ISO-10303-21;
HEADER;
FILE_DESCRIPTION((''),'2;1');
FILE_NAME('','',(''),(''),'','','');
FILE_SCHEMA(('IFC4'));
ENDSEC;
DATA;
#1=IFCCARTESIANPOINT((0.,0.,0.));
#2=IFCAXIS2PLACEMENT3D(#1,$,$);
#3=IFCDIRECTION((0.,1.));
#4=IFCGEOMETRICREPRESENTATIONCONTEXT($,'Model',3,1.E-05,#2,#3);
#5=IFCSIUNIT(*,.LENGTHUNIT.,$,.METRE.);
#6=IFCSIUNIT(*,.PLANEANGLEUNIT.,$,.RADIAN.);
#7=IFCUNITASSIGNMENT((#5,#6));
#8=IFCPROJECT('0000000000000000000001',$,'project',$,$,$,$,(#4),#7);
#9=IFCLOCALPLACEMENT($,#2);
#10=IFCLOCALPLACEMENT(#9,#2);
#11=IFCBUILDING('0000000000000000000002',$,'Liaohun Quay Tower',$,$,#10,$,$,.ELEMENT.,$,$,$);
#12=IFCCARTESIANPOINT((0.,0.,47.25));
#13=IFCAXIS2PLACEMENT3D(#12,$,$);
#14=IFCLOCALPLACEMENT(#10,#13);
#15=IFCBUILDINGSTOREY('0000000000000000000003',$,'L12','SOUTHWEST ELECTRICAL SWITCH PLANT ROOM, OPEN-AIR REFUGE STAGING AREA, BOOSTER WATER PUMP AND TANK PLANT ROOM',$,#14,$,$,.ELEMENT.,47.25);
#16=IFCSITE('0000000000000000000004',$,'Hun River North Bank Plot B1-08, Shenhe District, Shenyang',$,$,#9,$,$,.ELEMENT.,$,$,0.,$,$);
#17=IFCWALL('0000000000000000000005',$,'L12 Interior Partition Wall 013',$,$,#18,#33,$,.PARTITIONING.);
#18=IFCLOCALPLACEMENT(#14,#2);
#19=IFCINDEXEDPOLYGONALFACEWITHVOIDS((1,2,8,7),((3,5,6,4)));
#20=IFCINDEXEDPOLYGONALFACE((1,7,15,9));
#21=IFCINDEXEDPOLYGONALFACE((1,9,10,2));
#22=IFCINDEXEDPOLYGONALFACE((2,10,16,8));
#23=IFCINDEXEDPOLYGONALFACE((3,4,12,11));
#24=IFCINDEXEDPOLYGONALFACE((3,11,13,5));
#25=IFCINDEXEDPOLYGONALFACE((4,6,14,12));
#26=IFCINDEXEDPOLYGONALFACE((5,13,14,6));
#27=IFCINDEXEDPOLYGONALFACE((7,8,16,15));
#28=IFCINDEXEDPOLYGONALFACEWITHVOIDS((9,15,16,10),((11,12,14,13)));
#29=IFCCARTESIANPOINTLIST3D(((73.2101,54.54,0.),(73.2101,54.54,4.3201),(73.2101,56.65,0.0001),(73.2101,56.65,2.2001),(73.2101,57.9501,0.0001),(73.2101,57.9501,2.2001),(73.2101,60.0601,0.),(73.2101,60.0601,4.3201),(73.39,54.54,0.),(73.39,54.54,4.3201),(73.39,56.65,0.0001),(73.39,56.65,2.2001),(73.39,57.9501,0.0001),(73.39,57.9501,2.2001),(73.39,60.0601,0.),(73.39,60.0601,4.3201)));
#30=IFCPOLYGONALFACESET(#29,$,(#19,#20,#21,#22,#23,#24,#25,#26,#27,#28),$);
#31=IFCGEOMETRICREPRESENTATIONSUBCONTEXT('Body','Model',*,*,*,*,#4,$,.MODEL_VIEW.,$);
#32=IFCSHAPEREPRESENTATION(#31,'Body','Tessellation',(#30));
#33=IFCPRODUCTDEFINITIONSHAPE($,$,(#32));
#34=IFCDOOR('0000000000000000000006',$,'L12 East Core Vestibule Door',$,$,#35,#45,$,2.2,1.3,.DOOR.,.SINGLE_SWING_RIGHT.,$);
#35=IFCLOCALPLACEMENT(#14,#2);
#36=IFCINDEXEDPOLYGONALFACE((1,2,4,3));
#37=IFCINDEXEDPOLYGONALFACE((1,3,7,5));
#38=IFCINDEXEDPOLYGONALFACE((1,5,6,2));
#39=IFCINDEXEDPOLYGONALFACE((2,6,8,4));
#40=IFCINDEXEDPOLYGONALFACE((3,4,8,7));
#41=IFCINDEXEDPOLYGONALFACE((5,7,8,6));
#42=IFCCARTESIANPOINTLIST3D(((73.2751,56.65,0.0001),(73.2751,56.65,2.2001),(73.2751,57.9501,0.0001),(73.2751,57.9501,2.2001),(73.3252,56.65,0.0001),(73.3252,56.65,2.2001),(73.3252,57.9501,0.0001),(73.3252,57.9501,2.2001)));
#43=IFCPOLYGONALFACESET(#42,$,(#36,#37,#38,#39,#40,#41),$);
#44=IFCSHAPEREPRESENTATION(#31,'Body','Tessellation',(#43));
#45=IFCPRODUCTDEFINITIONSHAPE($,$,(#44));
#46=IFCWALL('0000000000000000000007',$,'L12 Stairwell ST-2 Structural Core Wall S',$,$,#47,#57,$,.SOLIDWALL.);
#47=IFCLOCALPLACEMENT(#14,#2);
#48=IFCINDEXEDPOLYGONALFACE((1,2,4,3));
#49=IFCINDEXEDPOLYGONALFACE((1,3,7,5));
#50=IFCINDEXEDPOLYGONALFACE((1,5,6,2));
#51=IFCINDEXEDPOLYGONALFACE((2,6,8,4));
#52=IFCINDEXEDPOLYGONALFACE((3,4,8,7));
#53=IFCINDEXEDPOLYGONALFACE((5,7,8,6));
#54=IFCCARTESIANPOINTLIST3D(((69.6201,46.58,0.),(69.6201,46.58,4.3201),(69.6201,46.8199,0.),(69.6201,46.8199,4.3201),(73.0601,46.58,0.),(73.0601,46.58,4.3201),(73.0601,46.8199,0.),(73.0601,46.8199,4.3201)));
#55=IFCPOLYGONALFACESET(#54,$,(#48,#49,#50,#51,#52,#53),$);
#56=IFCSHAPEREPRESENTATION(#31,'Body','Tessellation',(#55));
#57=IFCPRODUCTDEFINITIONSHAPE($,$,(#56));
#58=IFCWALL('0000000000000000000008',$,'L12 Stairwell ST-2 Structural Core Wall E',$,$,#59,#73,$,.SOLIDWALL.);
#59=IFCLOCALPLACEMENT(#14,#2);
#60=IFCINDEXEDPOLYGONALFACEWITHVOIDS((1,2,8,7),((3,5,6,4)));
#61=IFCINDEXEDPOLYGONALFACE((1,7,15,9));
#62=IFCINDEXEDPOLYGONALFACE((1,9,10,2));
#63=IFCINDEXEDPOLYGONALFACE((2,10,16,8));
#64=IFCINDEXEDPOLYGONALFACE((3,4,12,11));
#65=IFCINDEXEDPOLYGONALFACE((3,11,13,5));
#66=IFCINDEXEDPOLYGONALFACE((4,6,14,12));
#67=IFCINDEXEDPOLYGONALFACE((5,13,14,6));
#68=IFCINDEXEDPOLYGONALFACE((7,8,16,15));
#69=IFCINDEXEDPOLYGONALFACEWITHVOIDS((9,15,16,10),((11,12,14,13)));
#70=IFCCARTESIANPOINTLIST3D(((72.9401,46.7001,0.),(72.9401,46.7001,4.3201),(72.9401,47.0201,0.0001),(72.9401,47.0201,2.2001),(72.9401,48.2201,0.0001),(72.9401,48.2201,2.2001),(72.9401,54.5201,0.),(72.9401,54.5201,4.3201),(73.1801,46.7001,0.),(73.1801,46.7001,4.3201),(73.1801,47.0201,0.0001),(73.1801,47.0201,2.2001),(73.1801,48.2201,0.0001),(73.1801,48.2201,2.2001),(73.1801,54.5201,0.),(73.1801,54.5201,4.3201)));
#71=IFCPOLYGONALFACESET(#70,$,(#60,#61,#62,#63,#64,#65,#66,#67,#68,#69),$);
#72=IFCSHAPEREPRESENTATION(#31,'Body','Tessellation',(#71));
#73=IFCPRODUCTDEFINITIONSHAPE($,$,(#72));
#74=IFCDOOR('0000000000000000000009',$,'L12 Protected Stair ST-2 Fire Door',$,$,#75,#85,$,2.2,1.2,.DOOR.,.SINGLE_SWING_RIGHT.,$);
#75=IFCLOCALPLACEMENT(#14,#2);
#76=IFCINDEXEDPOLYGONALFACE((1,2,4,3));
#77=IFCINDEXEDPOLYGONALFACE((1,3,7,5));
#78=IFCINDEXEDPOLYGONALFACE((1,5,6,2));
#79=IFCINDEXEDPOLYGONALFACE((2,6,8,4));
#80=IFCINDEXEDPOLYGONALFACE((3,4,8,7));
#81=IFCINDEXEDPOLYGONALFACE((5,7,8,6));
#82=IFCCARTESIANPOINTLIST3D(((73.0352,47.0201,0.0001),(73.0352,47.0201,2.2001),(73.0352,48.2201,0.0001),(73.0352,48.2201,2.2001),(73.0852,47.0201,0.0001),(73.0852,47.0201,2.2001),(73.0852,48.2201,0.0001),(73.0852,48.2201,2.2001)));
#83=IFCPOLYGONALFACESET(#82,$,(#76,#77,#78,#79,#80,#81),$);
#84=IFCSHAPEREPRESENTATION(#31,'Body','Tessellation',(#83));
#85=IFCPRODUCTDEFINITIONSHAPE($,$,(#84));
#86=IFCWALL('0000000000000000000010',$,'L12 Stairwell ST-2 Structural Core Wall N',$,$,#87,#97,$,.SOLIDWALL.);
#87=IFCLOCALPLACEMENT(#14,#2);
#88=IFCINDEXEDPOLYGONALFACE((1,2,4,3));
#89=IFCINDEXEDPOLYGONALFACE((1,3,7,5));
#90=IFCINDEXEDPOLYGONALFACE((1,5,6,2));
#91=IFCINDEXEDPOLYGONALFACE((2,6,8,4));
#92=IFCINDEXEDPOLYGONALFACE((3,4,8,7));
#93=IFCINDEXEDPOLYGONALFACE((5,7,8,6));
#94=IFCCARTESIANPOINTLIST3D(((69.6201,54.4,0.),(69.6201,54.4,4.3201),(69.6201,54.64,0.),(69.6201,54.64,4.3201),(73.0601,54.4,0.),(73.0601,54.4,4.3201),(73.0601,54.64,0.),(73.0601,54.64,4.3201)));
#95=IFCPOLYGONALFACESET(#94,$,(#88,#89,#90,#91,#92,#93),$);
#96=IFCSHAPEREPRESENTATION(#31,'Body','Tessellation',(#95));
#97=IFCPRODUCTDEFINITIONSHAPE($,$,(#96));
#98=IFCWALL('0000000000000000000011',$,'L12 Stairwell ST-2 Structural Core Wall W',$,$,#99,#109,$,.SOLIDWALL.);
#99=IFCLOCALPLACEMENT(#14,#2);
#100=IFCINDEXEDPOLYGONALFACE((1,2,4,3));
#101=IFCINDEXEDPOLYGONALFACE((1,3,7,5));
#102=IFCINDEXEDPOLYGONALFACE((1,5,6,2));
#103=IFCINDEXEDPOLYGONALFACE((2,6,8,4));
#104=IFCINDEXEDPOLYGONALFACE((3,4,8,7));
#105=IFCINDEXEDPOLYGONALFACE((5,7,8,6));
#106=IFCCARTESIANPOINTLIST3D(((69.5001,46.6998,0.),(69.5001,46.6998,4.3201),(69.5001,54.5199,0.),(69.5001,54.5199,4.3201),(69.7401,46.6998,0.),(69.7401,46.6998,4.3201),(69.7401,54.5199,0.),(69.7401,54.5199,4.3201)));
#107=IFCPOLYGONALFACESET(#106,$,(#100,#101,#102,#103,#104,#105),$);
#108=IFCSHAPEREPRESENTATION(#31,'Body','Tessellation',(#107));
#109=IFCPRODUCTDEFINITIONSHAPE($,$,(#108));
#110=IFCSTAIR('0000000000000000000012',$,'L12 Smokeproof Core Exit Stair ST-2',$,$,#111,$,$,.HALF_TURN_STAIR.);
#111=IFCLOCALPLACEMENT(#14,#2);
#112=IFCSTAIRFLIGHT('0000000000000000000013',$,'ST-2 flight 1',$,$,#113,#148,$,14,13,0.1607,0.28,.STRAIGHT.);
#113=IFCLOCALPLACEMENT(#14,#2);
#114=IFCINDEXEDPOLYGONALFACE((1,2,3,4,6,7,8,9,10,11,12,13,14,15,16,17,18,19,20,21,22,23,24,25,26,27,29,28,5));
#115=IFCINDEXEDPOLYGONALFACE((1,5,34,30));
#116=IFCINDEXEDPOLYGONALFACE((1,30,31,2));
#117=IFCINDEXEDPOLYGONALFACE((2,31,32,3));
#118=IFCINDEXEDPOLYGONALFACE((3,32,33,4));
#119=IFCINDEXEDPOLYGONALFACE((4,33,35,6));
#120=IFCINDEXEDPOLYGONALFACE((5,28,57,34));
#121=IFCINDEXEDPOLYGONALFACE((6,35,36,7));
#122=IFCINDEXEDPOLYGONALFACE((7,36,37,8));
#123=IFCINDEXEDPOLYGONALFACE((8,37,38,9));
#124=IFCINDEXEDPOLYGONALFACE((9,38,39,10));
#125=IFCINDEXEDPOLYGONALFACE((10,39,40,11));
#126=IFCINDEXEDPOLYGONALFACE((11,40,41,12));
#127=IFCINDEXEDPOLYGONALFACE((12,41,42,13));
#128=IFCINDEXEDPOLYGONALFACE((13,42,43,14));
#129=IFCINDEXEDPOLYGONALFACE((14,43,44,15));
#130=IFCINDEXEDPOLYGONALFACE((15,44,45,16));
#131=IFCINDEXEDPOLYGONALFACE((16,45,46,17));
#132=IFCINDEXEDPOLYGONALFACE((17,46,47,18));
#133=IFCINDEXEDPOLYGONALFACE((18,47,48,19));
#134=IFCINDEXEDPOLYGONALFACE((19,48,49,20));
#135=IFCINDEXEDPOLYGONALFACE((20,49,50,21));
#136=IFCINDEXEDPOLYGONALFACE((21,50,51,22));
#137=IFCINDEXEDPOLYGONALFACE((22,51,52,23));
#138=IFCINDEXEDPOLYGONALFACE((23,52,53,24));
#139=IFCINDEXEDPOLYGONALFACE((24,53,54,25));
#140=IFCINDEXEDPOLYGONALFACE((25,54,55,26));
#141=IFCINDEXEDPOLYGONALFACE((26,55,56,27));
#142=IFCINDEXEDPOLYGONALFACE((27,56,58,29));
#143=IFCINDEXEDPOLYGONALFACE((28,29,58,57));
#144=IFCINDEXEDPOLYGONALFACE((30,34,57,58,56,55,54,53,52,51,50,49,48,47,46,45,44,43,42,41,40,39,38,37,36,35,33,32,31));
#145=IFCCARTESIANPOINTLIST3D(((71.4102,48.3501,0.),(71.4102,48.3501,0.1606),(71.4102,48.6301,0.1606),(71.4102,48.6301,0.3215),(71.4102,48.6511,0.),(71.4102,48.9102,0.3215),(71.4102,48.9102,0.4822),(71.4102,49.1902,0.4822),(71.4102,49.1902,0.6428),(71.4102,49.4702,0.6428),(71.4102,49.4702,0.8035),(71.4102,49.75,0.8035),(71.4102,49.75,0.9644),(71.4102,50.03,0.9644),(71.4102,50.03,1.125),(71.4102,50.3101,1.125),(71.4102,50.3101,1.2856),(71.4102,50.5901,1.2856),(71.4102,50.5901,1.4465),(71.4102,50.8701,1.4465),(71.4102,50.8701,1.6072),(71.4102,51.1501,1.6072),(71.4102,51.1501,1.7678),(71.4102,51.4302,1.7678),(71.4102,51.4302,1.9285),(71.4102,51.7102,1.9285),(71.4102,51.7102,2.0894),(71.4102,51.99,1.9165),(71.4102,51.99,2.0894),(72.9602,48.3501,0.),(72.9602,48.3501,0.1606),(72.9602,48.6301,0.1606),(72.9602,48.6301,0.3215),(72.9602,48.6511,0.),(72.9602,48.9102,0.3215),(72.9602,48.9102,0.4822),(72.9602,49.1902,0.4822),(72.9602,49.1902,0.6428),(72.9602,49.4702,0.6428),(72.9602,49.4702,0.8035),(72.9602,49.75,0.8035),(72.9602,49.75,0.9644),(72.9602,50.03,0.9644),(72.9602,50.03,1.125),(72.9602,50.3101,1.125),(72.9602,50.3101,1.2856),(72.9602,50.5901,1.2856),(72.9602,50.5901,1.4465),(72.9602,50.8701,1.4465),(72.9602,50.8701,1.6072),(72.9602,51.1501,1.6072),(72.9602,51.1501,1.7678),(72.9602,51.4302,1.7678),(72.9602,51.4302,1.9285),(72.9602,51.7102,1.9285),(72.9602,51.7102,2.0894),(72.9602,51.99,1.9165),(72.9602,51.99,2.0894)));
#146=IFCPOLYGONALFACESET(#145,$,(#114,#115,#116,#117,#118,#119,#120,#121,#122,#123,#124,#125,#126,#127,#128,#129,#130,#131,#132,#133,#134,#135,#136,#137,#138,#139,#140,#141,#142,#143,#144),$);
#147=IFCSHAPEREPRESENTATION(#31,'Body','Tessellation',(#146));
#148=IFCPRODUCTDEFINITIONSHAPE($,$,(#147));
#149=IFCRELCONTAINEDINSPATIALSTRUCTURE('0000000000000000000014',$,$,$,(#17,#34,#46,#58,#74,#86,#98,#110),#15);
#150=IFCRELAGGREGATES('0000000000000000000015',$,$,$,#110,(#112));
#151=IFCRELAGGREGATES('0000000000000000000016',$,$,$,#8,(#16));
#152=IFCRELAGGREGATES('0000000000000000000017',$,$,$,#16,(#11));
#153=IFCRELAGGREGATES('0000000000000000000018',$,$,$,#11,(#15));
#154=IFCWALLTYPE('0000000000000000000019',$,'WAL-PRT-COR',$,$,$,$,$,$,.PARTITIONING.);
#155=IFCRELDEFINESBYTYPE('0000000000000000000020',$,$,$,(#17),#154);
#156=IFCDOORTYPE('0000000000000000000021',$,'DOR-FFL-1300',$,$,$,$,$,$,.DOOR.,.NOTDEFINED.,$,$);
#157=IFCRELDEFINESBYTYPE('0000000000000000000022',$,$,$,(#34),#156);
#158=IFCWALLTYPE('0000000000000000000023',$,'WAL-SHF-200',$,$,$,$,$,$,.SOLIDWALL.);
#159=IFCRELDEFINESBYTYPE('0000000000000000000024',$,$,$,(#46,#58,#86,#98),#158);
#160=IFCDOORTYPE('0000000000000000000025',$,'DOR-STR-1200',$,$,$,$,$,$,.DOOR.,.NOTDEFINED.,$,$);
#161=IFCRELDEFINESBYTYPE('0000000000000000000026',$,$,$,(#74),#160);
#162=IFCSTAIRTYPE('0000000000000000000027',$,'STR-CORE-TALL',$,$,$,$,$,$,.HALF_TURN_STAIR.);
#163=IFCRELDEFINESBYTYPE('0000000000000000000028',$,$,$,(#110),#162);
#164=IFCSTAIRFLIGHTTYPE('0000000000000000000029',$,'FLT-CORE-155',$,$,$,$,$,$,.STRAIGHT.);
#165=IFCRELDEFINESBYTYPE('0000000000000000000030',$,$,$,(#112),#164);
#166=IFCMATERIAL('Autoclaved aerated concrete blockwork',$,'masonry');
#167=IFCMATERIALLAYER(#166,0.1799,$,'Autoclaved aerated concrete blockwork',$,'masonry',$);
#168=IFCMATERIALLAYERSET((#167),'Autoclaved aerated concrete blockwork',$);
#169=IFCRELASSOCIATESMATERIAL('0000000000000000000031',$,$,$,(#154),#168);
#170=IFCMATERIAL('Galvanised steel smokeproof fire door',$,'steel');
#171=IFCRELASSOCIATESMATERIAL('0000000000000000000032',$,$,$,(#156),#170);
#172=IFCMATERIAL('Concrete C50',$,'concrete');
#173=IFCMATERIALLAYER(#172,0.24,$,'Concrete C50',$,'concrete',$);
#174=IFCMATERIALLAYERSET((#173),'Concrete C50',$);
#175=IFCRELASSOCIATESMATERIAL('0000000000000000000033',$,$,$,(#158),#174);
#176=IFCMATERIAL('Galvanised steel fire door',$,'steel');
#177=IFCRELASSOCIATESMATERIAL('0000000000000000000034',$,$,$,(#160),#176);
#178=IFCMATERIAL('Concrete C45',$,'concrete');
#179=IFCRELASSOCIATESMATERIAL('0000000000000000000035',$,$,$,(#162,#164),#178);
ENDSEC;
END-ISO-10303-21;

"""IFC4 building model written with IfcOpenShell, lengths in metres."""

from ifc_helpers import new_model, si_unit, direction, frame, frame_2d, origin, place, context, subcontext, project, spatial, polyline, rectangle, outline, extrude, source, transform, mapped, material, layer, layer_set, type_object, element, fill, aggregate, save


model = new_model("IFC4")

# Units and contexts
model_context = context("Model", 3, precision=1e-05, world=origin(), true_north=direction((0.0, 1.0)))
body_context = subcontext(model_context, "Body", "Model", "MODEL_VIEW")
ifc_project = project(units=[si_unit("LENGTHUNIT", "METRE"), si_unit("PLANEANGLEUNIT", "RADIAN")], contexts=[model_context])

# Site, building, storey
site_placement = place(None, origin())
site = spatial("IfcSite", under=ifc_project, at=site_placement, Name="Hun River North Bank Plot B1-08, Shenhe District, Shenyang", CompositionType="ELEMENT", RefElevation=0.0)
building_placement = place(site_placement, origin())
building = spatial("IfcBuilding", under=site, at=building_placement, Name="Liaohun Quay Tower", CompositionType="ELEMENT")
storey_placement = place(building_placement, frame((0.0, 0.0, 47.25)))
storey = spatial("IfcBuildingStorey", under=building, at=storey_placement, Name="L12", Description="SOUTHWEST ELECTRICAL SWITCH PLANT ROOM, OPEN-AIR REFUGE STAGING AREA, BOOSTER WATER PUMP AND TANK PLANT ROOM", CompositionType="ELEMENT", Elevation=47.25)

# Wall, opening, door
ifc_material_1 = material(Name="Autoclaved aerated concrete blockwork", Category="masonry")
ifc_layer_1 = layer(ifc_material_1, 0.1799, Name="Autoclaved aerated concrete blockwork", Category="masonry")
ifc_layer_set_1 = layer_set([ifc_layer_1], Name="Autoclaved aerated concrete blockwork")
wall_type_1 = type_object("IfcWallType", Name="WAL-PRT-COR", PredefinedType="PARTITIONING", material=ifc_layer_set_1)
wall_1_placement = place(storey_placement, frame((73.3, 54.54, 0.0), z_axis=(0.0, 0.0, 1.0), x_axis=(0.0, 1.0, 0.0)))
wall_1 = element("IfcWall", 1, at=wall_1_placement, inside=storey, type_object=wall_type_1, Name="L12 Interior Partition Wall 013", PredefinedType="PARTITIONING", context=body_context, shape_type="SweptSolid", body=[
    extrude(rectangle(XDim=5.52, YDim=0.1799, at=frame_2d((2.76, 0.0))), origin(), (0.0, 0.0, 1.0), 4.3201),
])
shared_shape_1 = source(origin(), body_context, "Body", "SweptSolid", [
    extrude(rectangle(XDim=1.3, YDim=2.2, at=frame_2d((0.6499, 1.1001))), frame((0.0, 0.0999, 0.0), z_axis=(0.0, -1.0, 0.0), x_axis=(1.0, 0.0, 0.0)), (0.0, 0.0, 1.0), 0.2),
])
opening_1_placement = place(wall_1_placement, frame((2.1101, 0.0, 0.0)))
opening_1 = element("IfcOpeningElement", 2, at=opening_1_placement, cuts=wall_1, PredefinedType="OPENING", context=body_context, shape_type="MappedRepresentation", body=[
    mapped(shared_shape_1, transform((0.0, 0.0, 0.0), x_axis=(1.0, 0.0, 0.0), y_axis=(0.0, 1.0, 0.0), z_axis=(0.0, 0.0, 1.0), scale=1.0)),
])
ifc_material_2 = material(Name="Galvanised steel smokeproof fire door", Category="steel")
door_type_1 = type_object("IfcDoorType", Name="DOR-FFL-1300", OperationType="NOTDEFINED", PredefinedType="DOOR", material=ifc_material_2)
shared_shape_2 = source(origin(), body_context, "Body", "SweptSolid", [
    extrude(rectangle(XDim=1.3, YDim=2.2, at=frame_2d((0.6499, 1.1001))), frame((0.0, 0.0249, 0.0), z_axis=(0.0, -1.0, 0.0), x_axis=(1.0, 0.0, 0.0)), (0.0, 0.0, 1.0), 0.05),
])
door_1_placement = place(opening_1_placement, origin())
door_1 = element("IfcDoor", 3, at=door_1_placement, inside=storey, type_object=door_type_1, Name="L12 East Core Vestibule Door", OperationType="SINGLE_SWING_RIGHT", OverallHeight=2.2, OverallWidth=1.3, PredefinedType="DOOR", context=body_context, shape_type="MappedRepresentation", body=[
    mapped(shared_shape_2, transform((0.0, 0.0, 0.0), x_axis=(1.0, 0.0, 0.0), y_axis=(0.0, 1.0, 0.0), z_axis=(0.0, 0.0, 1.0), scale=1.0)),
])
fill(opening_1, door_1)

# Wall
ifc_material_3 = material(Name="Concrete C50", Category="concrete")
ifc_layer_2 = layer(ifc_material_3, 0.24, Name="Concrete C50", Category="concrete")
ifc_layer_set_2 = layer_set([ifc_layer_2], Name="Concrete C50")
wall_type_2 = type_object("IfcWallType", Name="WAL-SHF-200", PredefinedType="SOLIDWALL", material=ifc_layer_set_2)
wall_2_placement = place(storey_placement, frame((69.6201, 46.7, 0.0), z_axis=(0.0, 0.0, 1.0), x_axis=(1.0, 0.0, 0.0)))
element("IfcWall", 4, at=wall_2_placement, inside=storey, type_object=wall_type_2, Name="L12 Stairwell ST-2 Structural Core Wall S", PredefinedType="SOLIDWALL", context=body_context, shape_type="SweptSolid", body=[
    extrude(rectangle(XDim=3.4399, YDim=0.24, at=frame_2d((1.72, 0.0))), origin(), (0.0, 0.0, 1.0), 4.3201),
])

# Wall, opening, door
wall_3_placement = place(storey_placement, frame((73.0601, 46.7, 0.0), z_axis=(0.0, 0.0, 1.0), x_axis=(0.0, 1.0, 0.0)))
wall_3 = element("IfcWall", 5, at=wall_3_placement, inside=storey, type_object=wall_type_2, Name="L12 Stairwell ST-2 Structural Core Wall E", PredefinedType="SOLIDWALL", context=body_context, shape_type="SweptSolid", body=[
    extrude(rectangle(XDim=7.8201, YDim=0.24, at=frame_2d((3.9102, 0.0))), origin(), (0.0, 0.0, 1.0), 4.3201),
])
shared_shape_3 = source(origin(), body_context, "Body", "SweptSolid", [
    extrude(rectangle(XDim=1.2, YDim=2.2, at=frame_2d((0.6001, 1.1001))), frame((0.0, 0.1299, 0.0), z_axis=(0.0, -1.0, 0.0), x_axis=(1.0, 0.0, 0.0)), (0.0, 0.0, 1.0), 0.26),
])
opening_2_placement = place(wall_3_placement, frame((0.3201, 0.0, 0.0)))
opening_2 = element("IfcOpeningElement", 6, at=opening_2_placement, cuts=wall_3, PredefinedType="OPENING", context=body_context, shape_type="MappedRepresentation", body=[
    mapped(shared_shape_3, transform((0.0, 0.0, 0.0), x_axis=(1.0, 0.0, 0.0), y_axis=(0.0, 1.0, 0.0), z_axis=(0.0, 0.0, 1.0), scale=1.0)),
])
ifc_material_4 = material(Name="Galvanised steel fire door", Category="steel")
door_type_2 = type_object("IfcDoorType", Name="DOR-STR-1200", OperationType="NOTDEFINED", PredefinedType="DOOR", material=ifc_material_4)
shared_shape_4 = source(origin(), body_context, "Body", "SweptSolid", [
    extrude(rectangle(XDim=1.2, YDim=2.2, at=frame_2d((0.6001, 1.1001))), frame((0.0, 0.0249, 0.0), z_axis=(0.0, -1.0, 0.0), x_axis=(1.0, 0.0, 0.0)), (0.0, 0.0, 1.0), 0.05),
])
door_2_placement = place(opening_2_placement, origin())
door_2 = element("IfcDoor", 7, at=door_2_placement, inside=storey, type_object=door_type_2, Name="L12 Protected Stair ST-2 Fire Door", OperationType="SINGLE_SWING_RIGHT", OverallHeight=2.2, OverallWidth=1.2, PredefinedType="DOOR", context=body_context, shape_type="MappedRepresentation", body=[
    mapped(shared_shape_4, transform((0.0, 0.0, 0.0), x_axis=(1.0, 0.0, 0.0), y_axis=(0.0, 1.0, 0.0), z_axis=(0.0, 0.0, 1.0), scale=1.0)),
])
fill(opening_2, door_2)

# Walls
wall_4_placement = place(storey_placement, frame((73.0601, 54.52, 0.0), z_axis=(0.0, 0.0, 1.0), x_axis=(-1.0, 0.0, 0.0)))
element("IfcWall", 8, at=wall_4_placement, inside=storey, type_object=wall_type_2, Name="L12 Stairwell ST-2 Structural Core Wall N", PredefinedType="SOLIDWALL", context=body_context, shape_type="SweptSolid", body=[
    extrude(rectangle(XDim=3.4399, YDim=0.24, at=frame_2d((1.72, 0.0))), origin(), (0.0, 0.0, 1.0), 4.3201),
])
wall_5_placement = place(storey_placement, frame((69.6201, 54.52, 0.0), z_axis=(0.0, 0.0, 1.0), x_axis=(0.0, -1.0, 0.0)))
element("IfcWall", 9, at=wall_5_placement, inside=storey, type_object=wall_type_2, Name="L12 Stairwell ST-2 Structural Core Wall W", PredefinedType="SOLIDWALL", context=body_context, shape_type="SweptSolid", body=[
    extrude(rectangle(XDim=7.8201, YDim=0.24, at=frame_2d((3.9102, 0.0))), origin(), (0.0, 0.0, 1.0), 4.3201),
])

# Stair, stair flight
ifc_material_5 = material(Name="Concrete C45", Category="concrete")
stair_type = type_object("IfcStairType", Name="STR-CORE-TALL", PredefinedType="HALF_TURN_STAIR", material=ifc_material_5)
stair_placement = place(storey_placement, origin())
stair = element("IfcStair", 10, at=stair_placement, inside=storey, type_object=stair_type, Name="L12 Smokeproof Core Exit Stair ST-2", PredefinedType="HALF_TURN_STAIR")
stair_flight_type = type_object("IfcStairFlightType", Name="FLT-CORE-155", PredefinedType="STRAIGHT", material=ifc_material_5)
stair_flight_1_placement = place(storey_placement, frame((72.1851, 48.3501, 0.0), z_axis=(0.0, 0.0, 1.0), x_axis=(0.0, 1.0, 0.0)))
stair_flight_1 = element("IfcStairFlight", 11, at=stair_flight_1_placement, type_object=stair_flight_type, Name="ST-2 flight 1", NumberOfRisers=14, NumberOfTreads=13, PredefinedType="STRAIGHT", RiserHeight=0.1607, TreadLength=0.28, context=body_context, shape_type="SweptSolid", body=[
    extrude(outline(polyline([(0.0, 0.0), (0.0, 0.1606), (0.28, 0.1606), (0.28, 0.3215), (0.5601, 0.3215), (0.5601, 0.4822), (0.8401, 0.4822), (0.8401, 0.6428), (1.1201, 0.6428), (1.1201, 0.8035), (1.3999, 0.8035), (1.3999, 0.9644), (1.6799, 0.9644), (1.6799, 1.125), (1.96, 1.125), (1.96, 1.2856), (2.24, 1.2856), (2.24, 1.4465), (2.52, 1.4465), (2.52, 1.6072), (2.8, 1.6072), (2.8, 1.7678), (3.0801, 1.7678), (3.0801, 1.9285), (3.3601, 1.9285), (3.3601, 2.0894), (3.6399, 2.0894), (3.6399, 2.25), (3.6399, 1.9165), (0.301, 0.0), (0.0, 0.0)])), frame((0.0, 0.7749, 0.0), z_axis=(0.0, -1.0, 0.0), x_axis=(1.0, 0.0, 0.0)), (0.0, 0.0, 1.0), 1.55),
])
aggregate(stair, [stair_flight_1])

save(model, "model.ifc")
